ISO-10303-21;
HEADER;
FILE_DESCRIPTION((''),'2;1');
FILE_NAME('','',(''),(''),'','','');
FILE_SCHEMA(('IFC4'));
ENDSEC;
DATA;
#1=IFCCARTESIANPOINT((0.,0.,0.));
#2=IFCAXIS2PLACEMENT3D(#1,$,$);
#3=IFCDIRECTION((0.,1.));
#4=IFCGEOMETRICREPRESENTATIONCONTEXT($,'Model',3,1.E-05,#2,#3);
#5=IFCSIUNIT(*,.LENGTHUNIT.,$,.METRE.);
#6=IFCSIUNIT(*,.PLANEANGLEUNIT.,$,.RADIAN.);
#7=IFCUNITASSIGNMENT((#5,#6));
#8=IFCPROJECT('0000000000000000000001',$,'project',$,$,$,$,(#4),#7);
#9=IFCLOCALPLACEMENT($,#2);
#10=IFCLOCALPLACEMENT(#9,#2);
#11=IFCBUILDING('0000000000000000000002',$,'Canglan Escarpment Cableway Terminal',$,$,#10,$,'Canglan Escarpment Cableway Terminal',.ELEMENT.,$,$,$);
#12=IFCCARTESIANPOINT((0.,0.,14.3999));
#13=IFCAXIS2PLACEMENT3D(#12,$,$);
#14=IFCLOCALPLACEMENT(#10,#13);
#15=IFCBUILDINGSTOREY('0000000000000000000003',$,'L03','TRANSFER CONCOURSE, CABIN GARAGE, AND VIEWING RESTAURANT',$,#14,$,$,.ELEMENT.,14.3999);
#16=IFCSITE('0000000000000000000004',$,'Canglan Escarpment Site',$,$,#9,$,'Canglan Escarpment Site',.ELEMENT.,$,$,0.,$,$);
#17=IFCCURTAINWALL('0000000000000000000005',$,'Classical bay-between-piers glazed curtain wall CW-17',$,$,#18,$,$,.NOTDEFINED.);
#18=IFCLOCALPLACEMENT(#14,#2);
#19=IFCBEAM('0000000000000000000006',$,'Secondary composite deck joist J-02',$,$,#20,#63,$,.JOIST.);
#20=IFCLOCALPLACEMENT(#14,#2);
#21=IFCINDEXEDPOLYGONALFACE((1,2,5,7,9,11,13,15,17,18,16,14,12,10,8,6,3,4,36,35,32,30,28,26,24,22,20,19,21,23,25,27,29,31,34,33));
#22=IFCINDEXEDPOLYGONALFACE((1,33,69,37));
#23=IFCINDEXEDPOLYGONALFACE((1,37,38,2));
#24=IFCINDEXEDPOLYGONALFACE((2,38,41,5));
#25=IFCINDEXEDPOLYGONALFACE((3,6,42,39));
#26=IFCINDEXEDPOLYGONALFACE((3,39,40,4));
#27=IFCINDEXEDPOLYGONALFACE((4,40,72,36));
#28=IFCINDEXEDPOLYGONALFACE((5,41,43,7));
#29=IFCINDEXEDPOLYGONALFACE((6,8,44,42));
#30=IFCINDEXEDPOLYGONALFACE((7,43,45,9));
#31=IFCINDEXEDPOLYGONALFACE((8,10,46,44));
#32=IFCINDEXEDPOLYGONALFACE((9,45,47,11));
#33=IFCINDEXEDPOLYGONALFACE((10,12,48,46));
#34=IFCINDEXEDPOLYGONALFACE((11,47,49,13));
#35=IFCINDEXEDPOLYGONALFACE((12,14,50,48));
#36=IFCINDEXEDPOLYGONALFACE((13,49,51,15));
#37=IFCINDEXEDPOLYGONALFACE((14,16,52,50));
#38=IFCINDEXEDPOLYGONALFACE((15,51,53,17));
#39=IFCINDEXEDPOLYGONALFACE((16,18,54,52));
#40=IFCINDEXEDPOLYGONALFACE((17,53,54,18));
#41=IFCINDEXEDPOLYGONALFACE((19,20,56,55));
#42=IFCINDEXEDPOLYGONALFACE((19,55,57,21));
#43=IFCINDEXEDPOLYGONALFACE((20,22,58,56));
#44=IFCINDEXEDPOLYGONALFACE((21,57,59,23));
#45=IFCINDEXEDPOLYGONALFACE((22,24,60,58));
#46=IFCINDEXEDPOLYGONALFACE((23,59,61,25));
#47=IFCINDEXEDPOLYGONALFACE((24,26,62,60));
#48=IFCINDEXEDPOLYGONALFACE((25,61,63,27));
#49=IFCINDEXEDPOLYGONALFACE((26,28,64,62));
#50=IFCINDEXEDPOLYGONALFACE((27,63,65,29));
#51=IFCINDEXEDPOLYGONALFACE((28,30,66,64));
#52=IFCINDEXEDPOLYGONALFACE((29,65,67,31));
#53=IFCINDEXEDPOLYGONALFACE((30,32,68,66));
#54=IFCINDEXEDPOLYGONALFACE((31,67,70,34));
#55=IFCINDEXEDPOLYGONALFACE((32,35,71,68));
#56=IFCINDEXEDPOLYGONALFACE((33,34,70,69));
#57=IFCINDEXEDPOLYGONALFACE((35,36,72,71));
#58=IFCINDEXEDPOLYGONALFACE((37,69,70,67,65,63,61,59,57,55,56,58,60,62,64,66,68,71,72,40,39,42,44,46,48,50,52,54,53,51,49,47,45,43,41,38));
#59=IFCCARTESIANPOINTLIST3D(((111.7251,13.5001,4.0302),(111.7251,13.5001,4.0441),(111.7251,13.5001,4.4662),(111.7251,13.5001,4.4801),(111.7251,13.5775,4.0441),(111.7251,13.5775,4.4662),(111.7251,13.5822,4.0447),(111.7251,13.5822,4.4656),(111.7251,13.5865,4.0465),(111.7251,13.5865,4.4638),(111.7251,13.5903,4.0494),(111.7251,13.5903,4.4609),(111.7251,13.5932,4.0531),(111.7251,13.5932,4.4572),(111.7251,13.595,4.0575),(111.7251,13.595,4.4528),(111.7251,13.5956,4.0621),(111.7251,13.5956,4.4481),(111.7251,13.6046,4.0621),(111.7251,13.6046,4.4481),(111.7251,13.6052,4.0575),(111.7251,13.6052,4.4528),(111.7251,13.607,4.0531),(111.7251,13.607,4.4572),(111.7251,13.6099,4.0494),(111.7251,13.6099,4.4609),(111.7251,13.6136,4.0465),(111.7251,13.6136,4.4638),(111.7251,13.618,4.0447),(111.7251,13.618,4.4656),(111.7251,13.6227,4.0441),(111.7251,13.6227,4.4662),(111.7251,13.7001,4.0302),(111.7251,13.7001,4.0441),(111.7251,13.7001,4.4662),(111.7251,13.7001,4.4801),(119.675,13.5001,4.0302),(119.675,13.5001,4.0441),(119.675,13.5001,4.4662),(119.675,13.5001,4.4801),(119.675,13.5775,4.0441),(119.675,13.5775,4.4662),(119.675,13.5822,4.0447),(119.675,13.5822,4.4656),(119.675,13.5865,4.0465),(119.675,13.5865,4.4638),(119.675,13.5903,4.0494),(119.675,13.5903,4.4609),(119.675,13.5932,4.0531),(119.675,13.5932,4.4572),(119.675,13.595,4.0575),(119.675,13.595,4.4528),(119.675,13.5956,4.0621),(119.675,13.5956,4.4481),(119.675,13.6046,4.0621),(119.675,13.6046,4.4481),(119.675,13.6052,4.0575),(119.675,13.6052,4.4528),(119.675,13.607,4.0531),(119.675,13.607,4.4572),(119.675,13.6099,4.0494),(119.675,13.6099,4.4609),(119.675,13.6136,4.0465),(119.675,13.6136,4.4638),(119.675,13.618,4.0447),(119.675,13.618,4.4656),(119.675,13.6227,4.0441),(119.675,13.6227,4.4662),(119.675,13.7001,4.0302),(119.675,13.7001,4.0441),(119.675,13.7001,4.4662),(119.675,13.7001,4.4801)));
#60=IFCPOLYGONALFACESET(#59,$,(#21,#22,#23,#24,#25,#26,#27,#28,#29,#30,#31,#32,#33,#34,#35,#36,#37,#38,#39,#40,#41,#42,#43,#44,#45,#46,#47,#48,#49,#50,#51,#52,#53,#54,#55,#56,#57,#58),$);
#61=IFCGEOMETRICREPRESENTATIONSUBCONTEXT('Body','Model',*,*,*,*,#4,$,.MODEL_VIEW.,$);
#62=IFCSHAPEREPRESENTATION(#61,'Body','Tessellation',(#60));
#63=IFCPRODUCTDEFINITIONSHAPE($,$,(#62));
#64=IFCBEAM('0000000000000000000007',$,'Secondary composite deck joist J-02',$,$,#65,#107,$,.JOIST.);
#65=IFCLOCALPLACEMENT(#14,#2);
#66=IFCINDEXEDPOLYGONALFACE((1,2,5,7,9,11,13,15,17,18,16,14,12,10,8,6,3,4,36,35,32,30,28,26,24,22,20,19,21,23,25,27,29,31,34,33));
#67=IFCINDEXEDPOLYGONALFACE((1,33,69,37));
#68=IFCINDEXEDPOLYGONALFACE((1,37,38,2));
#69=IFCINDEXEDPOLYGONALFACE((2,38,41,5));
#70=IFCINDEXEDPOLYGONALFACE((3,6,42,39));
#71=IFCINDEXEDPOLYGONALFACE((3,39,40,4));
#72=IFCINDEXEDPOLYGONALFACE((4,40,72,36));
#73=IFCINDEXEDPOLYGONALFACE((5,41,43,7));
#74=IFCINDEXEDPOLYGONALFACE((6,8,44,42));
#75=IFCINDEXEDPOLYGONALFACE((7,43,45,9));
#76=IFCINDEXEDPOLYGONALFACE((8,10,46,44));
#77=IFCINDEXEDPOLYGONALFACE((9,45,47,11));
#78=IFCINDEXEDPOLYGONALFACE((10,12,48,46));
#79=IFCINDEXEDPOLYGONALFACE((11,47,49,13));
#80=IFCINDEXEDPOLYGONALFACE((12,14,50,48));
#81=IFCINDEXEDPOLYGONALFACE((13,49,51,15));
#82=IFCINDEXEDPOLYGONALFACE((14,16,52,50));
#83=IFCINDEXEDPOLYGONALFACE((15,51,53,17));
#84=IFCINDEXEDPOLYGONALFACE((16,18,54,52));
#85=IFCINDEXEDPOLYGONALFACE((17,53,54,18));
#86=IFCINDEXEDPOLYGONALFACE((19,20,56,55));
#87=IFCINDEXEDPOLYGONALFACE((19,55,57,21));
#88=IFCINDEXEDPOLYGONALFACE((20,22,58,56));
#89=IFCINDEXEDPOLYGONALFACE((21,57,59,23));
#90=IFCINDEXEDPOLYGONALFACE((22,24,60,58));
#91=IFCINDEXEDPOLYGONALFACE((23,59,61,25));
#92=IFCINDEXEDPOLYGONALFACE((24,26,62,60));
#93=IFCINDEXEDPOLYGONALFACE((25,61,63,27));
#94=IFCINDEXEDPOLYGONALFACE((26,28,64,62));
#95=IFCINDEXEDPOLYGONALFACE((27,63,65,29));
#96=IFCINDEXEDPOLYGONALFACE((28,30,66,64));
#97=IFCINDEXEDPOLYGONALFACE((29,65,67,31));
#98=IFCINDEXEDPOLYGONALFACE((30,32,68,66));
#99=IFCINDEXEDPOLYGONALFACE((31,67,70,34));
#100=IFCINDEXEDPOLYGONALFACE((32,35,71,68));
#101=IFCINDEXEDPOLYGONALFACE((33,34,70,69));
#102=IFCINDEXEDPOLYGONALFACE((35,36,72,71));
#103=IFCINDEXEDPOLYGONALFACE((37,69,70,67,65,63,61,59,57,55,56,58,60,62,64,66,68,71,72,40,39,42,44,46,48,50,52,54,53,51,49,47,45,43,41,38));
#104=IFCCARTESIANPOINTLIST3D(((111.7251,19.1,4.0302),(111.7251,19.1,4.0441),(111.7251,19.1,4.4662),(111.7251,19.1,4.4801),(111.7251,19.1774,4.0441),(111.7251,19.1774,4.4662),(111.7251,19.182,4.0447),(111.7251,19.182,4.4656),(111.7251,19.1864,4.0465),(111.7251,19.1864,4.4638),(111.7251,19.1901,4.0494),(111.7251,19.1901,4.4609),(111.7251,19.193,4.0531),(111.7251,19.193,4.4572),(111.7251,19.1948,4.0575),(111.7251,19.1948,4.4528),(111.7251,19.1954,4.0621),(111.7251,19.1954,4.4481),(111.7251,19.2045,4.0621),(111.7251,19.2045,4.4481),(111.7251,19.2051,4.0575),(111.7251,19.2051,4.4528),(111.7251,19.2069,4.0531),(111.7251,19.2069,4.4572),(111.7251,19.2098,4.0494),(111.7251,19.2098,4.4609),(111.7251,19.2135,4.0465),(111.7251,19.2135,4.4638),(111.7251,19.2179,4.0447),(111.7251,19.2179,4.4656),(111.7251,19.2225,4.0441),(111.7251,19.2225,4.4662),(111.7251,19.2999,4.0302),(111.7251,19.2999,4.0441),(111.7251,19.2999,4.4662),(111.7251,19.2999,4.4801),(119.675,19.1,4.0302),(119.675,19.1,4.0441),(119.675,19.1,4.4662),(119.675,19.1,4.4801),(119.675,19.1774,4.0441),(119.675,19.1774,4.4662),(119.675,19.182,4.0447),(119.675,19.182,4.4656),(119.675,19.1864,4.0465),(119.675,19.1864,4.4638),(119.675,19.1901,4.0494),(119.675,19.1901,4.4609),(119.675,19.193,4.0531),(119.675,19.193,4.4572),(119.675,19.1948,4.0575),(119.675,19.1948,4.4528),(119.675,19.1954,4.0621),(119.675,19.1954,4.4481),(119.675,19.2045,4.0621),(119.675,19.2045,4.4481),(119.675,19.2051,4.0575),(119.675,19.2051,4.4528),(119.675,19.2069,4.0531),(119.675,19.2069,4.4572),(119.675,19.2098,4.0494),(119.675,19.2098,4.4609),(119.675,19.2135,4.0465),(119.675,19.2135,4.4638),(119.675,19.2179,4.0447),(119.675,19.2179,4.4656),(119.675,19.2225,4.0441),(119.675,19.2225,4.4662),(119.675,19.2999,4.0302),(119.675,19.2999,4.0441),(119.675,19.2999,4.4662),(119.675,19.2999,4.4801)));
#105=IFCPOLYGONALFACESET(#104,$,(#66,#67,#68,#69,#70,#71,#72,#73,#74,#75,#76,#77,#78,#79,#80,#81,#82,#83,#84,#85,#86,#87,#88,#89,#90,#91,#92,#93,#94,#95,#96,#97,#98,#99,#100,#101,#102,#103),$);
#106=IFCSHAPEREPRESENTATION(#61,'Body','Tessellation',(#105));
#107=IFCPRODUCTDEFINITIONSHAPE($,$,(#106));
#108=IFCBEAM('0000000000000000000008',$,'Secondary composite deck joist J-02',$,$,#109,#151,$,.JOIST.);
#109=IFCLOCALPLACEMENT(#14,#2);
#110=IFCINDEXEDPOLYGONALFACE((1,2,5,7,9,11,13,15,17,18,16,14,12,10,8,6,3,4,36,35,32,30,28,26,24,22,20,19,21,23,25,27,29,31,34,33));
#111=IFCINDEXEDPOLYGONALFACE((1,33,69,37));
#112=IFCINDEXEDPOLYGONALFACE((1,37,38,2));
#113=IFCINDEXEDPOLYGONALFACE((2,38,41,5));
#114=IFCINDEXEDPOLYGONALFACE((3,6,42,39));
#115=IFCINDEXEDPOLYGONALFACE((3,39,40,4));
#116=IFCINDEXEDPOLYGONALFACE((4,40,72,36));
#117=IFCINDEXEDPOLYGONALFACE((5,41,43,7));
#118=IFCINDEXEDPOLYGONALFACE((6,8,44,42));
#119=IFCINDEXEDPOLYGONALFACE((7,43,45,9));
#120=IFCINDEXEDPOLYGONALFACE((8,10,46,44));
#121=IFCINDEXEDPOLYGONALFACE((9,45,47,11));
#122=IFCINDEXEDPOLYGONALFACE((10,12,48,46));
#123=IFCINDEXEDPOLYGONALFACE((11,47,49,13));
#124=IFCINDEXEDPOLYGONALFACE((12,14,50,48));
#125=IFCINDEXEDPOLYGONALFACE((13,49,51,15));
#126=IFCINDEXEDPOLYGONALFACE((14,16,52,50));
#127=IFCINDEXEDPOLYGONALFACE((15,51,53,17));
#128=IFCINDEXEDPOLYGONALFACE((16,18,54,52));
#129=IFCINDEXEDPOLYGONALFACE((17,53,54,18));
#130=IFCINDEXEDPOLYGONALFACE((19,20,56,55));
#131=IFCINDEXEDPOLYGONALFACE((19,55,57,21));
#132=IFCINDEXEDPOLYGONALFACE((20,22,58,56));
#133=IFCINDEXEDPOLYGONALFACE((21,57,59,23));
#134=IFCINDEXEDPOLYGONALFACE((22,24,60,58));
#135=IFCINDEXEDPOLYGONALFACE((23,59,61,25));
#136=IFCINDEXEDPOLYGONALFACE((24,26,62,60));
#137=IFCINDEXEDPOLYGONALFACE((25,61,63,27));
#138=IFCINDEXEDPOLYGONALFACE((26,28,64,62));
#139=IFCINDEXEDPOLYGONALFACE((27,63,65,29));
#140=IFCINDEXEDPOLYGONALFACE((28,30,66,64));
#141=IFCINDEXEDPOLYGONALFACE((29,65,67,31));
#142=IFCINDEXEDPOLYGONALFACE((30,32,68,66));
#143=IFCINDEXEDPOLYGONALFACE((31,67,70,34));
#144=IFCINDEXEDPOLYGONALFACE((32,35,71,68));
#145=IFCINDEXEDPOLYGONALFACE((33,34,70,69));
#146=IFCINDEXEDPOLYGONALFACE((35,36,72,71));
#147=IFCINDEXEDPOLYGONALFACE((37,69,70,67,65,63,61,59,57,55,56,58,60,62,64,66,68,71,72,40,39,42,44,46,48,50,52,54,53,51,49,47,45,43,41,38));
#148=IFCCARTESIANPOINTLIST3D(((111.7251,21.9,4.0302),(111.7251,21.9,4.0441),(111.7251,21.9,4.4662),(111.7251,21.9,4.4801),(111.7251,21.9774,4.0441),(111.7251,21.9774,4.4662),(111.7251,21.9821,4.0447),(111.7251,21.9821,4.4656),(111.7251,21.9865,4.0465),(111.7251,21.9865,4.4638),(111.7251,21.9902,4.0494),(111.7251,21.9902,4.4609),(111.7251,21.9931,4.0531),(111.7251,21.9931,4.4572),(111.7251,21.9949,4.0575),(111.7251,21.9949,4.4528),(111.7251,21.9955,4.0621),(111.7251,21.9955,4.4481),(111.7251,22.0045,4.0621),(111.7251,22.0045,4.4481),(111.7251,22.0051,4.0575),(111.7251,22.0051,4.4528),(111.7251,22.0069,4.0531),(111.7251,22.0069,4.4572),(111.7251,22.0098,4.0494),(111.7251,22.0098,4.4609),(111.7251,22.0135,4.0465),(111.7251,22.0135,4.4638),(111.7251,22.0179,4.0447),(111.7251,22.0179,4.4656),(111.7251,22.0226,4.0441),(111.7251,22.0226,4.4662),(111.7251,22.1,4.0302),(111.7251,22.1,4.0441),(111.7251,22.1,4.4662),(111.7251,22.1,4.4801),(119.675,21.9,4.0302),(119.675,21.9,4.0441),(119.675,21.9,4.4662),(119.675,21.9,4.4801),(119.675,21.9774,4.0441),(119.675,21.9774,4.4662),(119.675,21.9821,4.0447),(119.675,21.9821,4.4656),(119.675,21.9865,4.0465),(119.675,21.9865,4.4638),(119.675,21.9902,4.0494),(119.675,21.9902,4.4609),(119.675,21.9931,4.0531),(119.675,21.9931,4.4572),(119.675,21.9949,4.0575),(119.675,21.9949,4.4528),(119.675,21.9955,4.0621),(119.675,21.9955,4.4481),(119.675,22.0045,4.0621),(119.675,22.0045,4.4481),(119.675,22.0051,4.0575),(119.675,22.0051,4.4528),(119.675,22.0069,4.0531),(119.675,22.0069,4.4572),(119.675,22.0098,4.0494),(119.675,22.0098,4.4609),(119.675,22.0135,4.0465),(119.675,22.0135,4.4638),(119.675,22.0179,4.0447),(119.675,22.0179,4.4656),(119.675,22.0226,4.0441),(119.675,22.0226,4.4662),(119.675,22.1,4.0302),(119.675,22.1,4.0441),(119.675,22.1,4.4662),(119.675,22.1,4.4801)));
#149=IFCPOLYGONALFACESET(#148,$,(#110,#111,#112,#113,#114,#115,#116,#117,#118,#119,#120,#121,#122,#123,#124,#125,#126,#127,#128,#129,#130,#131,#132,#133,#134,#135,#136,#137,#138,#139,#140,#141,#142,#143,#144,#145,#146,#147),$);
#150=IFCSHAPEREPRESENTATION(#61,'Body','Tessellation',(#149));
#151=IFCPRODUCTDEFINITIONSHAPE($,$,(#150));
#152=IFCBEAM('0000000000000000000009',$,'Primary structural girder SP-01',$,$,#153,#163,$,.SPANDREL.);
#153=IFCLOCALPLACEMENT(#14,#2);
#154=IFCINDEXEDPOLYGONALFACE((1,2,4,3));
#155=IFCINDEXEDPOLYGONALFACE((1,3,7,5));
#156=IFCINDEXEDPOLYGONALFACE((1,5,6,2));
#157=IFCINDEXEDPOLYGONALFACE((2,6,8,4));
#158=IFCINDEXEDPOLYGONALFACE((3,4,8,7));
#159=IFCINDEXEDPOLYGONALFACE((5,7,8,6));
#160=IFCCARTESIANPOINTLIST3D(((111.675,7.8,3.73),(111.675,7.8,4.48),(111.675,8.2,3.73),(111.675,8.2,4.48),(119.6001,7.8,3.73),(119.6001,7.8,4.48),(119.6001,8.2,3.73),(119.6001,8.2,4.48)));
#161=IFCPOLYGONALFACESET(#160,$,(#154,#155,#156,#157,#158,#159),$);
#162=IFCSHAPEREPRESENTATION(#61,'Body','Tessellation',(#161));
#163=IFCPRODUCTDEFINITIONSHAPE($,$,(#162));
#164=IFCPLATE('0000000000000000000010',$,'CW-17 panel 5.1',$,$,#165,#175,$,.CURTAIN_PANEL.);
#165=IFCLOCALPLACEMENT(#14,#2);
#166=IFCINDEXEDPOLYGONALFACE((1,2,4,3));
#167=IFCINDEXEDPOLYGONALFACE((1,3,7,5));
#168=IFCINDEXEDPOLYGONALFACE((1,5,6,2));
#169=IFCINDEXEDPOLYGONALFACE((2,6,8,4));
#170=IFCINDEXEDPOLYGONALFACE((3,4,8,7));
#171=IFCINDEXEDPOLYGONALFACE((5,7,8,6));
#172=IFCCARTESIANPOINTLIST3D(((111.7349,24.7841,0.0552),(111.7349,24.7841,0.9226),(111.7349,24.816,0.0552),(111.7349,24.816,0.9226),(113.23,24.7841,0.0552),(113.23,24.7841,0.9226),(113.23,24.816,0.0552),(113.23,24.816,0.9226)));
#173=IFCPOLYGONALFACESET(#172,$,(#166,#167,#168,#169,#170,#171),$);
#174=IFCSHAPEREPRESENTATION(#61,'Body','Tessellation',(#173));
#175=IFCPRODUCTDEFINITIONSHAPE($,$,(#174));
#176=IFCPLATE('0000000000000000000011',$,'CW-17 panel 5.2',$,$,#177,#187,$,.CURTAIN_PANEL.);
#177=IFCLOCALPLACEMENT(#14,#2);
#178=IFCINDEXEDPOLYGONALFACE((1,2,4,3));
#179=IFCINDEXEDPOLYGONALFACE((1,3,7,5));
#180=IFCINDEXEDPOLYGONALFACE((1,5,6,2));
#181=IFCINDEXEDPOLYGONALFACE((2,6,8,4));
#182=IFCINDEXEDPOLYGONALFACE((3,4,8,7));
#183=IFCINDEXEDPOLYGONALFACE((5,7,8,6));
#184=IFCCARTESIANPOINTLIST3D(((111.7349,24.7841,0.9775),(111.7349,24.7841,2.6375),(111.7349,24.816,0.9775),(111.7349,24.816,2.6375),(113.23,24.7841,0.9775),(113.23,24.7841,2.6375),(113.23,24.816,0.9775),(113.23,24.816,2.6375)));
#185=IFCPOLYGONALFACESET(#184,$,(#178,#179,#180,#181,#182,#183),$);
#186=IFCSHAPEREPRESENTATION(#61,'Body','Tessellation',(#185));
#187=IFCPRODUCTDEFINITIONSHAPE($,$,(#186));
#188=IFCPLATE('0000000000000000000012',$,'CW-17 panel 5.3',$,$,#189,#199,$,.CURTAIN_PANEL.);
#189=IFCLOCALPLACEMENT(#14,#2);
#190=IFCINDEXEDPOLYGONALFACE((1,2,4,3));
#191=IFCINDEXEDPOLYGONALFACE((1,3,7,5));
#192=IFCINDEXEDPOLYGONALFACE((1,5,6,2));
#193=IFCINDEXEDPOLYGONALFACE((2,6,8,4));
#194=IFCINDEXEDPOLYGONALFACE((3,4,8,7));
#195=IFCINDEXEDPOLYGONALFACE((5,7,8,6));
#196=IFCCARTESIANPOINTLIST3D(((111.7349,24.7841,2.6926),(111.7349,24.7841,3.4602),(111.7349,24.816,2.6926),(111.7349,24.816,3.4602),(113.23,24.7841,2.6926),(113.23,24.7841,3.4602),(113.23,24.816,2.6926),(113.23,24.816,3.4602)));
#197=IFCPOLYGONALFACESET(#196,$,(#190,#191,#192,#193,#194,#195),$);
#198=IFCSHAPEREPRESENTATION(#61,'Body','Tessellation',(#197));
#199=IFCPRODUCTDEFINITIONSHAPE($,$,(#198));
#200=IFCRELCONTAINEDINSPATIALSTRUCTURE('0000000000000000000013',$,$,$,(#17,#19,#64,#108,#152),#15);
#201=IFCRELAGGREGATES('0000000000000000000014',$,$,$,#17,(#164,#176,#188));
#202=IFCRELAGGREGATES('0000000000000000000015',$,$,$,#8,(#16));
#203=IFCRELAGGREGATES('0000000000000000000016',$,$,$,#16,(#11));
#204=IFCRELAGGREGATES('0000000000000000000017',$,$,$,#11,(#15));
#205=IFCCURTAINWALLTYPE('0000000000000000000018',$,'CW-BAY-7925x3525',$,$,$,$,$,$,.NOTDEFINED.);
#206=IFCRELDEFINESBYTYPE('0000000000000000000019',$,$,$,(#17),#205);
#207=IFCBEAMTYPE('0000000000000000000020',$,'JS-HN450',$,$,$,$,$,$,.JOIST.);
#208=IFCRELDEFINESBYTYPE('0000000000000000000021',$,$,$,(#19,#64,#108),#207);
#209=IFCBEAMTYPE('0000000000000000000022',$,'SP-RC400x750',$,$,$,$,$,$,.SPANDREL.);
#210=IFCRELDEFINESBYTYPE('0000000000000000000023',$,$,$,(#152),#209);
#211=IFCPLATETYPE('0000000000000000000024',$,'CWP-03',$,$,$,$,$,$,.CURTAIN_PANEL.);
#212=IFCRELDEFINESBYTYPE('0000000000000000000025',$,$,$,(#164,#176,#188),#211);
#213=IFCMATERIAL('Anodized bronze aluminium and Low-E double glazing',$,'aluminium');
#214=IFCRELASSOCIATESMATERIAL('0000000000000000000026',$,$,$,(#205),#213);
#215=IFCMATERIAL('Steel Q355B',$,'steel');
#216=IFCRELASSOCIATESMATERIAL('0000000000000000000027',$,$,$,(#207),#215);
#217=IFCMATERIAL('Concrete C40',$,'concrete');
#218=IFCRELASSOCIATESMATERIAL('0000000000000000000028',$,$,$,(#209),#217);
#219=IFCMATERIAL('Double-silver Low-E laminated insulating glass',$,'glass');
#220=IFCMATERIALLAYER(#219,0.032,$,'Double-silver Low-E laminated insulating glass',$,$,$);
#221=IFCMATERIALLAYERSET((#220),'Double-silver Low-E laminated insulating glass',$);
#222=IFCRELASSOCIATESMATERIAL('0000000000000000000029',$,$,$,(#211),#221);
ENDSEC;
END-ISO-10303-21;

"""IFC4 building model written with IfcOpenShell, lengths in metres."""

from ifc_helpers import new_model, si_unit, direction, frame, origin, origin_2d, place, context, subcontext, project, spatial, rectangle, i_section, extrude, material, layer, layer_set, material_profile, profile_set, type_object, element, aggregate, save


model = new_model("IFC4")

# Units and contexts
model_context = context("Model", 3, precision=1e-05, world=origin(), true_north=direction((0.0, 1.0)))
body_context = subcontext(model_context, "Body", "Model", "MODEL_VIEW")
ifc_project = project(units=[si_unit("LENGTHUNIT", "METRE"), si_unit("PLANEANGLEUNIT", "RADIAN")], contexts=[model_context])

# Site, building, storey
site_placement = place(None, origin())
site = spatial("IfcSite", under=ifc_project, at=site_placement, Name="Canglan Escarpment Site", LongName="Canglan Escarpment Site", CompositionType="ELEMENT", RefElevation=0.0)
building_placement = place(site_placement, origin())
building = spatial("IfcBuilding", under=site, at=building_placement, Name="Canglan Escarpment Cableway Terminal", LongName="Canglan Escarpment Cableway Terminal", CompositionType="ELEMENT")
storey_placement = place(building_placement, frame((0.0, 0.0, 14.3999)))
storey = spatial("IfcBuildingStorey", under=building, at=storey_placement, Name="L03", Description="TRANSFER CONCOURSE, CABIN GARAGE, AND VIEWING RESTAURANT", CompositionType="ELEMENT", Elevation=14.3999)

# Curtain wall
ifc_material_1 = material(Name="Anodized bronze aluminium and Low-E double glazing", Category="aluminium")
curtain_wall_type = type_object("IfcCurtainWallType", Name="CW-BAY-7925x3525", PredefinedType="NOTDEFINED", material=ifc_material_1)
curtain_wall_placement = place(storey_placement, origin())
curtain_wall = element("IfcCurtainWall", 1, at=curtain_wall_placement, inside=storey, type_object=curtain_wall_type, Name="Classical bay-between-piers glazed curtain wall CW-17", PredefinedType="NOTDEFINED")

# Beams
ifc_material_2 = material(Name="Steel Q355B", Category="steel")
ifc_material_profile_1 = material_profile(ifc_material_2, i_section(OverallWidth=0.2, OverallDepth=0.45, WebThickness=0.009, FlangeThickness=0.0139, FilletRadius=0.0181, at=origin_2d()), Name="HN 450x200x9x14")
ifc_profile_set_1 = profile_set([ifc_material_profile_1], Name="Steel Q355B")
beam_type_1 = type_object("IfcBeamType", Name="JS-HN450", PredefinedType="JOIST", material=ifc_profile_set_1)
for number, where, z_axis, x_axis, name in (
    (2, (111.7251, 13.6001, 4.2551), (1.0, 0.0, 0.0), (0.0, 1.0, 0.0), "Secondary composite deck joist J-02"),
    (3, (111.7251, 19.2, 4.2551), (1.0, 0.0, 0.0), (0.0, 1.0, 0.0), "Secondary composite deck joist J-02"),
    (4, (111.7251, 22.0, 4.2551), (1.0, 0.0, 0.0), (0.0, 1.0, 0.0), "Secondary composite deck joist J-02"),
):
    element("IfcBeam", number, at=place(storey_placement, frame(where, z_axis=z_axis, x_axis=x_axis)), inside=storey, type_object=beam_type_1, Name=name, PredefinedType="JOIST", context=body_context, shape_type="SweptSolid", body=[
        extrude(i_section(OverallWidth=0.2, OverallDepth=0.45, WebThickness=0.009, FlangeThickness=0.0139, FilletRadius=0.0181, at=origin_2d()), origin(), (0.0, 0.0, 1.0), 7.95),
    ])
ifc_material_3 = material(Name="Concrete C40", Category="concrete")
ifc_material_profile_2 = material_profile(ifc_material_3, rectangle(XDim=0.3999, YDim=0.75, at=origin_2d()), Name="RC 400x750")
ifc_profile_set_2 = profile_set([ifc_material_profile_2], Name="Concrete C40")
beam_type_2 = type_object("IfcBeamType", Name="SP-RC400x750", PredefinedType="SPANDREL", material=ifc_profile_set_2)
beam_placement = place(storey_placement, frame((111.675, 8.0, 4.105), z_axis=(1.0, 0.0, 0.0), x_axis=(0.0, 1.0, 0.0)))
element("IfcBeam", 5, at=beam_placement, inside=storey, type_object=beam_type_2, Name="Primary structural girder SP-01", PredefinedType="SPANDREL", context=body_context, shape_type="SweptSolid", body=[
    extrude(rectangle(XDim=0.3999, YDim=0.75, at=origin_2d()), origin(), (0.0, 0.0, 1.0), 7.925),
])

# Plates
ifc_material_4 = material(Name="Double-silver Low-E laminated insulating glass", Category="glass")
ifc_layer_1 = layer(ifc_material_4, 0.032, Name="Double-silver Low-E laminated insulating glass")
ifc_layer_set_1 = layer_set([ifc_layer_1], Name="Double-silver Low-E laminated insulating glass")
plate_type = type_object("IfcPlateType", Name="CWP-03", PredefinedType="CURTAIN_PANEL", material=ifc_layer_set_1)
plate_1_placement = place(storey_placement, frame((112.4824, 24.8, 0.0552), z_axis=(0.0, 0.0, 1.0), x_axis=(-1.0, 0.0, 0.0)))
plate_1 = element("IfcPlate", 6, at=plate_1_placement, type_object=plate_type, Name="CW-17 panel 5.1", PredefinedType="CURTAIN_PANEL", context=body_context, shape_type="SweptSolid", body=[
    extrude(rectangle(XDim=1.4951, YDim=0.032, at=origin_2d()), origin(), (0.0, 0.0, 1.0), 0.8674),
])
plate_2_placement = place(storey_placement, frame((112.4824, 24.8, 0.9775), z_axis=(0.0, 0.0, 1.0), x_axis=(-1.0, 0.0, 0.0)))
plate_2 = element("IfcPlate", 7, at=plate_2_placement, type_object=plate_type, Name="CW-17 panel 5.2", PredefinedType="CURTAIN_PANEL", context=body_context, shape_type="SweptSolid", body=[
    extrude(rectangle(XDim=1.4951, YDim=0.032, at=origin_2d()), origin(), (0.0, 0.0, 1.0), 1.6599),
])
plate_3_placement = place(storey_placement, frame((112.4824, 24.8, 2.6926), z_axis=(0.0, 0.0, 1.0), x_axis=(-1.0, 0.0, 0.0)))
plate_3 = element("IfcPlate", 8, at=plate_3_placement, type_object=plate_type, Name="CW-17 panel 5.3", PredefinedType="CURTAIN_PANEL", context=body_context, shape_type="SweptSolid", body=[
    extrude(rectangle(XDim=1.4951, YDim=0.032, at=origin_2d()), origin(), (0.0, 0.0, 1.0), 0.7676),
])
aggregate(curtain_wall, [plate_1, plate_2, plate_3])

save(model, "model.ifc")
